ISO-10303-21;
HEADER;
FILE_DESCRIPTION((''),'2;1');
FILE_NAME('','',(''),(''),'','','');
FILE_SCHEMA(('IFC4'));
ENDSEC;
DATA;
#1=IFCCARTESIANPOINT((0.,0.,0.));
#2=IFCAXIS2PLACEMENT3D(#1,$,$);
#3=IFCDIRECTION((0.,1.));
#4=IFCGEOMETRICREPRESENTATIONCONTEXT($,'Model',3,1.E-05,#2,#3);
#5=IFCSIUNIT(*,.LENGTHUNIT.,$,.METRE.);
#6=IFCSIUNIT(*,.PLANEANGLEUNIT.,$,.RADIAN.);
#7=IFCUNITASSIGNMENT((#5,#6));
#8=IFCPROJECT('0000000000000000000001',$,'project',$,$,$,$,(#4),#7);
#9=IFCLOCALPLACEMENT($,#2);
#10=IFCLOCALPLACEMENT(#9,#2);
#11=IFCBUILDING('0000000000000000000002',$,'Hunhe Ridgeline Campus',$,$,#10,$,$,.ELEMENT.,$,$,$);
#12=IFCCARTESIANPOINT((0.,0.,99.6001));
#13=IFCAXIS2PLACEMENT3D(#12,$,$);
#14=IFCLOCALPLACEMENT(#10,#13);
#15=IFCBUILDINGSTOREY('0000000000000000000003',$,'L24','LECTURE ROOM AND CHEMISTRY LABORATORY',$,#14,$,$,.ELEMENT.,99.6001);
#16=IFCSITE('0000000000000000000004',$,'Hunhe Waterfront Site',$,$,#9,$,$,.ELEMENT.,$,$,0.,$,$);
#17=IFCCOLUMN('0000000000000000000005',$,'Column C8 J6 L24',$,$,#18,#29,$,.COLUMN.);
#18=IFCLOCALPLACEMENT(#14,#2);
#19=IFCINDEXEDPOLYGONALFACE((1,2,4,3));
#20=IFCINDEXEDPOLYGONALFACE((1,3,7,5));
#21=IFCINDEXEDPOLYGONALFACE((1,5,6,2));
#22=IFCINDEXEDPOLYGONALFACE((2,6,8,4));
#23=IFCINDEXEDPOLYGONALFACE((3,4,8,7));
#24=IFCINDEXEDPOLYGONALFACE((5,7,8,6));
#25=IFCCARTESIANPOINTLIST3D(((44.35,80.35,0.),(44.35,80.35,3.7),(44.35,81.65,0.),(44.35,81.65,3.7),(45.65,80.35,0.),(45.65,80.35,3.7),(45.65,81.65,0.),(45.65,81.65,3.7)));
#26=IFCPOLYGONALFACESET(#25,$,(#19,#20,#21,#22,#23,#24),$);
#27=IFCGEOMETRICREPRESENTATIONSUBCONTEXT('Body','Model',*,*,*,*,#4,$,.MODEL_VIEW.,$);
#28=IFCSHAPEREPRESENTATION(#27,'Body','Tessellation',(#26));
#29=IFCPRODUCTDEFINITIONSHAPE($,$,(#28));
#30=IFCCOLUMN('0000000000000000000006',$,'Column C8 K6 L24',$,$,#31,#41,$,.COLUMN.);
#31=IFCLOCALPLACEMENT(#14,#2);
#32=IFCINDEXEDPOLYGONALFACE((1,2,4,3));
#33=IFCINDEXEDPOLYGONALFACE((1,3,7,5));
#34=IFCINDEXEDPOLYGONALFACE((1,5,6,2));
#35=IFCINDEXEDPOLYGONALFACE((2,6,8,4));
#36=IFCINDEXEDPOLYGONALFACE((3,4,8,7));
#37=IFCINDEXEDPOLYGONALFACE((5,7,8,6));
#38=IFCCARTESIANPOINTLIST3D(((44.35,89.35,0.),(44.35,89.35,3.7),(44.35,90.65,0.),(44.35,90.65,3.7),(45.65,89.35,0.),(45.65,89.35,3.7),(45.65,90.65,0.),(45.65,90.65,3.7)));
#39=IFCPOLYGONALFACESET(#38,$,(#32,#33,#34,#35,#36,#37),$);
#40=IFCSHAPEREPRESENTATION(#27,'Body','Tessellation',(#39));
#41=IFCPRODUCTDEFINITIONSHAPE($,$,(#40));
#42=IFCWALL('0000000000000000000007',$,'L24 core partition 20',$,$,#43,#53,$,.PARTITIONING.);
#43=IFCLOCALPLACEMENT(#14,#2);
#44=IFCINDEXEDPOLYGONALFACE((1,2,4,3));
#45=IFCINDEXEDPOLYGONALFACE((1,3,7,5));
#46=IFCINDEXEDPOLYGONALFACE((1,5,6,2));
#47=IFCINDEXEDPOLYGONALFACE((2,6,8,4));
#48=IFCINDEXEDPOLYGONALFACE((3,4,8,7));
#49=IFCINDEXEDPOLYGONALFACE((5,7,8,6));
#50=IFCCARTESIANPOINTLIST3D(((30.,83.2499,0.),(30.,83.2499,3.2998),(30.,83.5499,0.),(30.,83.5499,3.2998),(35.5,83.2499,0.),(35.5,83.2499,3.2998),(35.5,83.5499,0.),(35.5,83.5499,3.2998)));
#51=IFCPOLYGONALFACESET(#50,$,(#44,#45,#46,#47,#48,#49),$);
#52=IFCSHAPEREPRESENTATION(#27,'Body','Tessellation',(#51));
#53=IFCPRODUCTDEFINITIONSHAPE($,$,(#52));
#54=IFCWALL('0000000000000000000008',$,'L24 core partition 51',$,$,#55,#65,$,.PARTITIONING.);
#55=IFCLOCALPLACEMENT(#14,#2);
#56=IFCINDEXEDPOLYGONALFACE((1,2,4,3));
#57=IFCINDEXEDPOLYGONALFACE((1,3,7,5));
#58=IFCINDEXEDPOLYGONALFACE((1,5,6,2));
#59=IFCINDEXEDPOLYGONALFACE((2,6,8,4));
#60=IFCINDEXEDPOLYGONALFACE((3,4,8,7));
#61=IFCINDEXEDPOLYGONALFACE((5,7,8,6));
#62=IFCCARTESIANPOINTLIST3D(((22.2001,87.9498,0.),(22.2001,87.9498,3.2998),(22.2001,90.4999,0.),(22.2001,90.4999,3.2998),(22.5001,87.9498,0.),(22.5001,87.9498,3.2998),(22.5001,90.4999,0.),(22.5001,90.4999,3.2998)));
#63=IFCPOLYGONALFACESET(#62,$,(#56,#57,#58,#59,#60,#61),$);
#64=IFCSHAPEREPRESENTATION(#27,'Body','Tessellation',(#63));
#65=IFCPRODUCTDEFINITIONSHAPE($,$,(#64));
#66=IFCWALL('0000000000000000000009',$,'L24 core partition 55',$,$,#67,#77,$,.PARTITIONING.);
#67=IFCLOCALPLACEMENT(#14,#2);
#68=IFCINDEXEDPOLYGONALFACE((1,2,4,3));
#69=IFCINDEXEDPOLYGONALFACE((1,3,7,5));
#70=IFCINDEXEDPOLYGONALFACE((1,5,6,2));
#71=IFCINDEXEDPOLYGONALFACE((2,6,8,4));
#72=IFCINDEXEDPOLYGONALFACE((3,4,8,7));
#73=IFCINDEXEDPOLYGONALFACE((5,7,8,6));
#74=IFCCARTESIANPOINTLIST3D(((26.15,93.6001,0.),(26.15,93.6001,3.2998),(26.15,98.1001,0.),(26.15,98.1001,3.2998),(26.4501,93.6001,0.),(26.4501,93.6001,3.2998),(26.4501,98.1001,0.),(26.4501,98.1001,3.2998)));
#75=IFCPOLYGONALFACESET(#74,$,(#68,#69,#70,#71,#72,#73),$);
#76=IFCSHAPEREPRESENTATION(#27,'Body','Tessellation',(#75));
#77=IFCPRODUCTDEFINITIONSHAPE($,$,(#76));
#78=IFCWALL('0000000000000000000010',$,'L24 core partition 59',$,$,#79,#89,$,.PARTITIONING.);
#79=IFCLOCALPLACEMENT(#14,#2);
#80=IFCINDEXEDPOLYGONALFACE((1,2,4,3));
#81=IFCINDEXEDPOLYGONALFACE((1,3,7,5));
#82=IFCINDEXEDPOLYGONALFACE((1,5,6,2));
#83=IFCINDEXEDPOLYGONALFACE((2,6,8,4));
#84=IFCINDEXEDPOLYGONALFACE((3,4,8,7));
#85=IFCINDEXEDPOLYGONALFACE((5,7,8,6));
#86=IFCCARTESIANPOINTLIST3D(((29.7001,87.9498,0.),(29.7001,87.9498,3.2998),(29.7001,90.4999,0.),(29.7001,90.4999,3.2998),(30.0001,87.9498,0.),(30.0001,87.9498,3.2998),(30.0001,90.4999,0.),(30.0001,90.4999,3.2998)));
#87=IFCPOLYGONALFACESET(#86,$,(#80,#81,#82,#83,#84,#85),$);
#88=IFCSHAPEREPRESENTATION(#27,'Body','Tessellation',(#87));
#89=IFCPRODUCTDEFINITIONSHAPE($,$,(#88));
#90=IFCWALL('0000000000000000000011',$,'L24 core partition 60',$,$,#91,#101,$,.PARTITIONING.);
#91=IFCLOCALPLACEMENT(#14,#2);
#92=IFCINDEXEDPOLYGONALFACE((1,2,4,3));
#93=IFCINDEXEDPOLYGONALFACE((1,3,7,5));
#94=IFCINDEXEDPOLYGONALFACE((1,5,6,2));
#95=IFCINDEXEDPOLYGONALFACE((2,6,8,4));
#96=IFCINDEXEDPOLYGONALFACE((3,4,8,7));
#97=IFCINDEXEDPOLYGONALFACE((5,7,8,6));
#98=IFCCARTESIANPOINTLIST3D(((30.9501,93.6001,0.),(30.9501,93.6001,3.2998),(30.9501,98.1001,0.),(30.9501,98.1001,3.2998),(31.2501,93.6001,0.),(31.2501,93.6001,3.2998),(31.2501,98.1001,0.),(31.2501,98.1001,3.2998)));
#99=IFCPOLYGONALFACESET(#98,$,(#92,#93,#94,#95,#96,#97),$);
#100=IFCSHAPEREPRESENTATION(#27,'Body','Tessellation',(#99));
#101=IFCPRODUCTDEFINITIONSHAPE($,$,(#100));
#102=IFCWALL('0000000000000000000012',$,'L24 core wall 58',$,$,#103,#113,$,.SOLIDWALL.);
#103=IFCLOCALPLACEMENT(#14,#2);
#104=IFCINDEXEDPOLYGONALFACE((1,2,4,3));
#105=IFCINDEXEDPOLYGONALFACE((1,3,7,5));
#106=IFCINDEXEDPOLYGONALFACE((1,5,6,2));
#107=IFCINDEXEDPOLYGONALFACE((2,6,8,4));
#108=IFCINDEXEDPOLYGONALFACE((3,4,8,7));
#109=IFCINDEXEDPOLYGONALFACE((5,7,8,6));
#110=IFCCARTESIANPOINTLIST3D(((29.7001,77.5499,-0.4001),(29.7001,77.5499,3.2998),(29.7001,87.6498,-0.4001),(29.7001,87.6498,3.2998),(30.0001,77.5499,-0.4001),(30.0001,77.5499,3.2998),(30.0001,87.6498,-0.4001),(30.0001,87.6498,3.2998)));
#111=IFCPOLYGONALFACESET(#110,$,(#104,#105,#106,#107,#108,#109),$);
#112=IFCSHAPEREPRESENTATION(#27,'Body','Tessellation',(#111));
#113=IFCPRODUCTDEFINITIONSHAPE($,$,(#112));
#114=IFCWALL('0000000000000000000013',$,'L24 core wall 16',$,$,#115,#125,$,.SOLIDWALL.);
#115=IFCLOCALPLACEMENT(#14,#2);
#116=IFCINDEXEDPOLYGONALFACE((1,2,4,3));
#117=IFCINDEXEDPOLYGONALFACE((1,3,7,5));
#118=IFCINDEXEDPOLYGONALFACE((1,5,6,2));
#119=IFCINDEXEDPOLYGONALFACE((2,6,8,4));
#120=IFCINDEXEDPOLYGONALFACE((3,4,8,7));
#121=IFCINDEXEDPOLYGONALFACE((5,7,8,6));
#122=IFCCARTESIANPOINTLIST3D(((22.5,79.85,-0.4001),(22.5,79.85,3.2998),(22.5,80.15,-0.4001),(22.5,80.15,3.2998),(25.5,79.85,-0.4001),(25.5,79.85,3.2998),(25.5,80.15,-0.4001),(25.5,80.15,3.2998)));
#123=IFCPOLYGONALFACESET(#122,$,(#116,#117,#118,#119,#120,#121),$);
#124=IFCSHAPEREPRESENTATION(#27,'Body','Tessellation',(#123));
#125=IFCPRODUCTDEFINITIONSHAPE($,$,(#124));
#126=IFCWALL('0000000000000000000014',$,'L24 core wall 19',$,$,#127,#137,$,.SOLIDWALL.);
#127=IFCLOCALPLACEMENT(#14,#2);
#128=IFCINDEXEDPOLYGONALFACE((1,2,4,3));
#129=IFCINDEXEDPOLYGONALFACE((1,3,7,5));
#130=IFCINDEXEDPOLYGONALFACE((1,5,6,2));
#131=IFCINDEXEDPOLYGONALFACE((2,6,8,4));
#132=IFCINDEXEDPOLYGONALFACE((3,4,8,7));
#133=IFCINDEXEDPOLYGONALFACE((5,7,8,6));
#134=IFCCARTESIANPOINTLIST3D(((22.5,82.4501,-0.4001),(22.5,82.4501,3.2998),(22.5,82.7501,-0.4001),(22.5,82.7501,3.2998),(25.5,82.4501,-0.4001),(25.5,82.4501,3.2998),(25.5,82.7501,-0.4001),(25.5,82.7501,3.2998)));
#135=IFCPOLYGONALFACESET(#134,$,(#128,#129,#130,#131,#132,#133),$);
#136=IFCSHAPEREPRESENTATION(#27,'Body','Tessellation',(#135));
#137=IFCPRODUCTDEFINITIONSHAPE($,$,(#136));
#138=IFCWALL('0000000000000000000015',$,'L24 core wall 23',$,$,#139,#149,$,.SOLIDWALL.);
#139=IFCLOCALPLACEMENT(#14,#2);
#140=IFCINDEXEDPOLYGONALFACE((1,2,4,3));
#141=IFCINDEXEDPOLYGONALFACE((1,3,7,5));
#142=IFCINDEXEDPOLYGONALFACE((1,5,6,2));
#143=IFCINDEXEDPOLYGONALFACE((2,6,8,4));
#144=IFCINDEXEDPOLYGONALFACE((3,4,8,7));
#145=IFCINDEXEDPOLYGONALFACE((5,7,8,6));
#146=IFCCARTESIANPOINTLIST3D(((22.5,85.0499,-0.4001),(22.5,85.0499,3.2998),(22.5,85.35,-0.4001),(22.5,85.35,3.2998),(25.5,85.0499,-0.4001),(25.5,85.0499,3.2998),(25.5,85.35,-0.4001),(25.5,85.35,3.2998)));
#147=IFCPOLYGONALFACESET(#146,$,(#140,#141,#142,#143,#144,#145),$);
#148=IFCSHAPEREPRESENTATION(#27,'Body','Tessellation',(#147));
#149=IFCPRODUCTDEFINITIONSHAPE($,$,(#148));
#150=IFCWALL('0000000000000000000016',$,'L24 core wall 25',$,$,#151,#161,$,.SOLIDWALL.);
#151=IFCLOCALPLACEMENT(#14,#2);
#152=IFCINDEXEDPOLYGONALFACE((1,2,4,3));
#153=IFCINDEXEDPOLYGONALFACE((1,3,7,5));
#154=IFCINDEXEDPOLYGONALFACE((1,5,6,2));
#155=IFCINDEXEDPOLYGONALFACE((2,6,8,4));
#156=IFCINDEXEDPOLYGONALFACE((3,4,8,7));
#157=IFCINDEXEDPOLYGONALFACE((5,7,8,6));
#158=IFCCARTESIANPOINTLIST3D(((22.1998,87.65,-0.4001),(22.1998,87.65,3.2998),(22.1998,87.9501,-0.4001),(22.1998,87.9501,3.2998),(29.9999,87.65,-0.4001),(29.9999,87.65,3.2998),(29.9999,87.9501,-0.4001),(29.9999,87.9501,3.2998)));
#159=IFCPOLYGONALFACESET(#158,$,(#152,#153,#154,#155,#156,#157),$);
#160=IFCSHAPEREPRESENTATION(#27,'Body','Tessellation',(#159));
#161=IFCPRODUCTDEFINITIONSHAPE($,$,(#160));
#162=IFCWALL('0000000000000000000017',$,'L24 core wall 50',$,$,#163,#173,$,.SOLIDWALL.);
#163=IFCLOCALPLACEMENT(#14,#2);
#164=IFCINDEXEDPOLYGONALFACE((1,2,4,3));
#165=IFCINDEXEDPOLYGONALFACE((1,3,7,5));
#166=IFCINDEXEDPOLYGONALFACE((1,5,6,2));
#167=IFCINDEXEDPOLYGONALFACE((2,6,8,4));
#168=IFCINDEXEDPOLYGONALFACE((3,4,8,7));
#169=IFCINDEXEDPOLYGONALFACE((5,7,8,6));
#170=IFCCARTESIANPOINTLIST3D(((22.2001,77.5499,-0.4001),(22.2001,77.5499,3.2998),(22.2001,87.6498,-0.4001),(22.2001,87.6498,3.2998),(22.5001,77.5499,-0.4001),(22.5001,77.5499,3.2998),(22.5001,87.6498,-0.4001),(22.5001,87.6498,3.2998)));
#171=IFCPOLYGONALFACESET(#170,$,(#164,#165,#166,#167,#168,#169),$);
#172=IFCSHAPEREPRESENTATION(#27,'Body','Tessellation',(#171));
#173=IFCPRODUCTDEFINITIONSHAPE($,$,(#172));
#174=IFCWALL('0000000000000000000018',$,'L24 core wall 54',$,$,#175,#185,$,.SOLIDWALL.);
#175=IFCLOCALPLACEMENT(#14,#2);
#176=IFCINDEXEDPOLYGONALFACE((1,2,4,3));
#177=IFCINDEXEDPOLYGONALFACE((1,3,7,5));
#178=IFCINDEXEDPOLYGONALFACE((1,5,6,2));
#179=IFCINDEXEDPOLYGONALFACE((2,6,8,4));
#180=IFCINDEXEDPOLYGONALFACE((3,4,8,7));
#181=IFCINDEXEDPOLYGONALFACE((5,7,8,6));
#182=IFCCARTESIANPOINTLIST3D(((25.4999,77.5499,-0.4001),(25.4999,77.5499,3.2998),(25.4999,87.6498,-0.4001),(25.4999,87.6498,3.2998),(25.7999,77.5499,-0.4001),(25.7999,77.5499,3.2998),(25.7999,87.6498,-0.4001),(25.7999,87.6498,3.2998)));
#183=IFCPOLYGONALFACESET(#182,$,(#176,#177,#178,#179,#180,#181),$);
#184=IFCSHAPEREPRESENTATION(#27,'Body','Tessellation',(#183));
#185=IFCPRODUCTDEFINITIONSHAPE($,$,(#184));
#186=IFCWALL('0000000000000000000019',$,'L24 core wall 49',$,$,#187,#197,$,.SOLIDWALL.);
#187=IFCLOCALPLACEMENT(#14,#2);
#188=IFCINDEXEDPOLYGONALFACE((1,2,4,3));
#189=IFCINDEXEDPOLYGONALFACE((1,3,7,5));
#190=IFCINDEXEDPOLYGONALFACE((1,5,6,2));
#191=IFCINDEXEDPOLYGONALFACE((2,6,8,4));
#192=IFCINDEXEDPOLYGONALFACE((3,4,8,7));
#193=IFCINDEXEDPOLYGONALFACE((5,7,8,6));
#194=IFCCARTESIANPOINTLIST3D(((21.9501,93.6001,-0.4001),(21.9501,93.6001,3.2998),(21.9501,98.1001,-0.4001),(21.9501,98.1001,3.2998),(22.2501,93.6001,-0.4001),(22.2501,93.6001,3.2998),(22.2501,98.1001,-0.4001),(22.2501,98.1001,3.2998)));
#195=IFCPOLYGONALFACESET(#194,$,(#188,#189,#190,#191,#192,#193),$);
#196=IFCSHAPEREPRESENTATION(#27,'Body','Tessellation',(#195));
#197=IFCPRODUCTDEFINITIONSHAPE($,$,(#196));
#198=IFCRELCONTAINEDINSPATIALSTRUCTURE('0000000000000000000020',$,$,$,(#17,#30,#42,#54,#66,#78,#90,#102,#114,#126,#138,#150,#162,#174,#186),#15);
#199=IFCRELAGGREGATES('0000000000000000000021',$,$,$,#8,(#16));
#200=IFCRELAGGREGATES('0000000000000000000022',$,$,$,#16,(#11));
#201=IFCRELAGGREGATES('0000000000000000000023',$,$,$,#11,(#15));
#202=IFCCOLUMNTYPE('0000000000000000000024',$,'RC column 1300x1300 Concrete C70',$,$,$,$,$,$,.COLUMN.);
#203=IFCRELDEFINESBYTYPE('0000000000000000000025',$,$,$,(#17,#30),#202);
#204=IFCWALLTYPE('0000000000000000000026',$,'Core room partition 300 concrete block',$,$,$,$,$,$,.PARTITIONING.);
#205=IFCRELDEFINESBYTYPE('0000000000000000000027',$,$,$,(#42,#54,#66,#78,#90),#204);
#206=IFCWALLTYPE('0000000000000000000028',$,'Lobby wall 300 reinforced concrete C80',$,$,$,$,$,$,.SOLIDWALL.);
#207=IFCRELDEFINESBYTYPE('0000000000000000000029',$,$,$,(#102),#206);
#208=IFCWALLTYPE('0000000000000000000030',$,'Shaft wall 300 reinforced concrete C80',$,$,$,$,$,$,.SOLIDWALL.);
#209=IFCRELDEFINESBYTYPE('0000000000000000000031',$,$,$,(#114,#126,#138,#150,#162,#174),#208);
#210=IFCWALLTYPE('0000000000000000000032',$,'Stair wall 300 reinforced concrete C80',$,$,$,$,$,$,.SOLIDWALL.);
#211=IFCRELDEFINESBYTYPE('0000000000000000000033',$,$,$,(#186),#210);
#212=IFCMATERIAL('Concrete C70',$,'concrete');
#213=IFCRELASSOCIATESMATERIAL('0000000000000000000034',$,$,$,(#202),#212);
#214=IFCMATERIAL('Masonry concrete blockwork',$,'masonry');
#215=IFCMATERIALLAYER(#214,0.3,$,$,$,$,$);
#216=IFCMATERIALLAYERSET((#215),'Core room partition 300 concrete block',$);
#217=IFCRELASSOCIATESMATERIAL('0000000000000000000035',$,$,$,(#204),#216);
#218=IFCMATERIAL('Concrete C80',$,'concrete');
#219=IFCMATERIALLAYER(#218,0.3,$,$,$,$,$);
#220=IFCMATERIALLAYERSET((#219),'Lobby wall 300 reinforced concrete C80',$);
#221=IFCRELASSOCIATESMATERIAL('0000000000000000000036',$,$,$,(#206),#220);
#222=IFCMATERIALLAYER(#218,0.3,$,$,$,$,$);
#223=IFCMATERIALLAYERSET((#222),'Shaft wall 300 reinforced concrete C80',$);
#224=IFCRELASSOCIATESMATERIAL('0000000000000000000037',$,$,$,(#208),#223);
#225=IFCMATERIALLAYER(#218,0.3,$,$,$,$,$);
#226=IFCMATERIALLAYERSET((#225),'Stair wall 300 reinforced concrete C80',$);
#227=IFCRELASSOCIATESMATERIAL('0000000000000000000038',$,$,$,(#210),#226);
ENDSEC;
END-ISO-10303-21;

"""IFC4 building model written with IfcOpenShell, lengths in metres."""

from ifc_helpers import new_model, si_unit, direction, frame, frame_2d, origin, origin_2d, place, context, subcontext, project, spatial, rectangle, extrude, material, layer, layer_set, material_profile, profile_set, type_object, element, save


model = new_model("IFC4")

# Units and contexts
model_context = context("Model", 3, precision=1e-05, world=origin(), true_north=direction((0.0, 1.0)))
body_context = subcontext(model_context, "Body", "Model", "MODEL_VIEW")
ifc_project = project(units=[si_unit("LENGTHUNIT", "METRE"), si_unit("PLANEANGLEUNIT", "RADIAN")], contexts=[model_context])

# Site, building, storey
site_placement = place(None, origin())
site = spatial("IfcSite", under=ifc_project, at=site_placement, Name="Hunhe Waterfront Site", CompositionType="ELEMENT", RefElevation=0.0)
building_placement = place(site_placement, origin())
building = spatial("IfcBuilding", under=site, at=building_placement, Name="Hunhe Ridgeline Campus", CompositionType="ELEMENT")
storey_placement = place(building_placement, frame((0.0, 0.0, 99.6001)))
storey = spatial("IfcBuildingStorey", under=building, at=storey_placement, Name="L24", Description="LECTURE ROOM AND CHEMISTRY LABORATORY", CompositionType="ELEMENT", Elevation=99.6001)

# Columns
ifc_material_1 = material(Name="Concrete C70", Category="concrete")
ifc_material_profile = material_profile(ifc_material_1, rectangle(XDim=1.3, YDim=1.3, at=origin_2d()))
ifc_profile_set = profile_set([ifc_material_profile], Name="Concrete C70")
column_type = type_object("IfcColumnType", Name="RC column 1300x1300 Concrete C70", PredefinedType="COLUMN", material=ifc_profile_set)
for number, where, z_axis, x_axis, name in (
    (1, (45.0, 81.0, 0.0), (0.0, 0.0, 1.0), (1.0, 0.0, 0.0), "Column C8 J6 L24"),
    (2, (45.0, 90.0, 0.0), (0.0, 0.0, 1.0), (1.0, 0.0, 0.0), "Column C8 K6 L24"),
):
    element("IfcColumn", number, at=place(storey_placement, frame(where, z_axis=z_axis, x_axis=x_axis)), inside=storey, type_object=column_type, Name=name, PredefinedType="COLUMN", context=body_context, shape_type="SweptSolid", body=[
        extrude(rectangle(XDim=1.3, YDim=1.3, at=origin_2d()), origin(), (0.0, 0.0, 1.0), 3.7),
    ])

# Shared definitions
ifc_material_2 = material(Name="Masonry concrete blockwork", Category="masonry")
ifc_layer_1 = layer(ifc_material_2, 0.3)
ifc_layer_set_1 = layer_set([ifc_layer_1], Name="Core room partition 300 concrete block")
wall_type_1 = type_object("IfcWallType", Name="Core room partition 300 concrete block", PredefinedType="PARTITIONING", material=ifc_layer_set_1)

# Walls
wall_1_placement = place(storey_placement, frame((30.0, 83.3999, 0.0), z_axis=(0.0, 0.0, 1.0), x_axis=(1.0, 0.0, 0.0)))
element("IfcWall", 3, at=wall_1_placement, inside=storey, type_object=wall_type_1, Name="L24 core partition 20", PredefinedType="PARTITIONING", context=body_context, shape_type="SweptSolid", body=[
    extrude(rectangle(XDim=5.5, YDim=0.3, at=frame_2d((2.75, 0.0))), origin(), (0.0, 0.0, 1.0), 3.2998),
])
wall_2_placement = place(storey_placement, frame((22.3501, 87.95, 0.0), z_axis=(0.0, 0.0, 1.0), x_axis=(0.0, 1.0, 0.0)))
element("IfcWall", 4, at=wall_2_placement, inside=storey, type_object=wall_type_1, Name="L24 core partition 51", PredefinedType="PARTITIONING", context=body_context, shape_type="SweptSolid", body=[
    extrude(rectangle(XDim=2.55, YDim=0.3, at=frame_2d((1.2749, 0.0))), origin(), (0.0, 0.0, 1.0), 3.2998),
])
wall_3_placement = place(storey_placement, frame((26.3, 93.6001, 0.0), z_axis=(0.0, 0.0, 1.0), x_axis=(0.0, 1.0, 0.0)))
element("IfcWall", 5, at=wall_3_placement, inside=storey, type_object=wall_type_1, Name="L24 core partition 55", PredefinedType="PARTITIONING", context=body_context, shape_type="SweptSolid", body=[
    extrude(rectangle(XDim=4.5, YDim=0.3, at=frame_2d((2.25, 0.0))), origin(), (0.0, 0.0, 1.0), 3.2998),
])
wall_4_placement = place(storey_placement, frame((29.8501, 87.95, 0.0), z_axis=(0.0, 0.0, 1.0), x_axis=(0.0, 1.0, 0.0)))
element("IfcWall", 6, at=wall_4_placement, inside=storey, type_object=wall_type_1, Name="L24 core partition 59", PredefinedType="PARTITIONING", context=body_context, shape_type="SweptSolid", body=[
    extrude(rectangle(XDim=2.55, YDim=0.3, at=frame_2d((1.2749, 0.0))), origin(), (0.0, 0.0, 1.0), 3.2998),
])
wall_5_placement = place(storey_placement, frame((31.1001, 93.6001, 0.0), z_axis=(0.0, 0.0, 1.0), x_axis=(0.0, 1.0, 0.0)))
element("IfcWall", 7, at=wall_5_placement, inside=storey, type_object=wall_type_1, Name="L24 core partition 60", PredefinedType="PARTITIONING", context=body_context, shape_type="SweptSolid", body=[
    extrude(rectangle(XDim=4.5, YDim=0.3, at=frame_2d((2.25, 0.0))), origin(), (0.0, 0.0, 1.0), 3.2998),
])

# Walls
ifc_material_3 = material(Name="Concrete C80", Category="concrete")
ifc_layer_2 = layer(ifc_material_3, 0.3)
ifc_layer_set_2 = layer_set([ifc_layer_2], Name="Lobby wall 300 reinforced concrete C80")
wall_type_2 = type_object("IfcWallType", Name="Lobby wall 300 reinforced concrete C80", PredefinedType="SOLIDWALL", material=ifc_layer_set_2)
wall_6_placement = place(storey_placement, frame((29.8501, 77.55, -0.4001), z_axis=(0.0, 0.0, 1.0), x_axis=(0.0, 1.0, 0.0)))
element("IfcWall", 8, at=wall_6_placement, inside=storey, type_object=wall_type_2, Name="L24 core wall 58", PredefinedType="SOLIDWALL", context=body_context, shape_type="SweptSolid", body=[
    extrude(rectangle(XDim=10.0999, YDim=0.3, at=frame_2d((5.0498, 0.0))), origin(), (0.0, 0.0, 1.0), 3.7),
])
ifc_layer_3 = layer(ifc_material_3, 0.3)
ifc_layer_set_3 = layer_set([ifc_layer_3], Name="Shaft wall 300 reinforced concrete C80")
wall_type_3 = type_object("IfcWallType", Name="Shaft wall 300 reinforced concrete C80", PredefinedType="SOLIDWALL", material=ifc_layer_set_3)
for number, where, z_axis, x_axis, name in (
    (9, (22.5, 80.0, -0.4001), (0.0, 0.0, 1.0), (1.0, 0.0, 0.0), "L24 core wall 16"),
    (10, (22.5, 82.6001, -0.4001), (0.0, 0.0, 1.0), (1.0, 0.0, 0.0), "L24 core wall 19"),
    (11, (22.5, 85.2, -0.4001), (0.0, 0.0, 1.0), (1.0, 0.0, 0.0), "L24 core wall 23"),
):
    element("IfcWall", number, at=place(storey_placement, frame(where, z_axis=z_axis, x_axis=x_axis)), inside=storey, type_object=wall_type_3, Name=name, PredefinedType="SOLIDWALL", context=body_context, shape_type="SweptSolid", body=[
        extrude(rectangle(XDim=3.0, YDim=0.3, at=frame_2d((1.5, 0.0))), origin(), (0.0, 0.0, 1.0), 3.7),
    ])
wall_7_placement = place(storey_placement, frame((22.2, 87.8, -0.4001), z_axis=(0.0, 0.0, 1.0), x_axis=(1.0, 0.0, 0.0)))
element("IfcWall", 12, at=wall_7_placement, inside=storey, type_object=wall_type_3, Name="L24 core wall 25", PredefinedType="SOLIDWALL", context=body_context, shape_type="SweptSolid", body=[
    extrude(rectangle(XDim=7.8, YDim=0.3, at=frame_2d((3.8999, 0.0))), origin(), (0.0, 0.0, 1.0), 3.7),
])
for number, where, z_axis, x_axis, name in (
    (13, (22.3501, 77.55, -0.4001), (0.0, 0.0, 1.0), (0.0, 1.0, 0.0), "L24 core wall 50"),
    (14, (25.6499, 77.55, -0.4001), (0.0, 0.0, 1.0), (0.0, 1.0, 0.0), "L24 core wall 54"),
):
    element("IfcWall", number, at=place(storey_placement, frame(where, z_axis=z_axis, x_axis=x_axis)), inside=storey, type_object=wall_type_3, Name=name, PredefinedType="SOLIDWALL", context=body_context, shape_type="SweptSolid", body=[
        extrude(rectangle(XDim=10.0999, YDim=0.3, at=frame_2d((5.0498, 0.0))), origin(), (0.0, 0.0, 1.0), 3.7),
    ])

# Shared definitions
ifc_layer_4 = layer(ifc_material_3, 0.3)
ifc_layer_set_4 = layer_set([ifc_layer_4], Name="Stair wall 300 reinforced concrete C80")
wall_type_4 = type_object("IfcWallType", Name="Stair wall 300 reinforced concrete C80", PredefinedType="SOLIDWALL", material=ifc_layer_set_4)

# Wall
wall_8_placement = place(storey_placement, frame((22.1001, 93.6001, -0.4001), z_axis=(0.0, 0.0, 1.0), x_axis=(0.0, 1.0, 0.0)))
element("IfcWall", 15, at=wall_8_placement, inside=storey, type_object=wall_type_4, Name="L24 core wall 49", PredefinedType="SOLIDWALL", context=body_context, shape_type="SweptSolid", body=[
    extrude(rectangle(XDim=4.5, YDim=0.3, at=frame_2d((2.25, 0.0))), origin(), (0.0, 0.0, 1.0), 3.7),
])

save(model, "model.ifc")
